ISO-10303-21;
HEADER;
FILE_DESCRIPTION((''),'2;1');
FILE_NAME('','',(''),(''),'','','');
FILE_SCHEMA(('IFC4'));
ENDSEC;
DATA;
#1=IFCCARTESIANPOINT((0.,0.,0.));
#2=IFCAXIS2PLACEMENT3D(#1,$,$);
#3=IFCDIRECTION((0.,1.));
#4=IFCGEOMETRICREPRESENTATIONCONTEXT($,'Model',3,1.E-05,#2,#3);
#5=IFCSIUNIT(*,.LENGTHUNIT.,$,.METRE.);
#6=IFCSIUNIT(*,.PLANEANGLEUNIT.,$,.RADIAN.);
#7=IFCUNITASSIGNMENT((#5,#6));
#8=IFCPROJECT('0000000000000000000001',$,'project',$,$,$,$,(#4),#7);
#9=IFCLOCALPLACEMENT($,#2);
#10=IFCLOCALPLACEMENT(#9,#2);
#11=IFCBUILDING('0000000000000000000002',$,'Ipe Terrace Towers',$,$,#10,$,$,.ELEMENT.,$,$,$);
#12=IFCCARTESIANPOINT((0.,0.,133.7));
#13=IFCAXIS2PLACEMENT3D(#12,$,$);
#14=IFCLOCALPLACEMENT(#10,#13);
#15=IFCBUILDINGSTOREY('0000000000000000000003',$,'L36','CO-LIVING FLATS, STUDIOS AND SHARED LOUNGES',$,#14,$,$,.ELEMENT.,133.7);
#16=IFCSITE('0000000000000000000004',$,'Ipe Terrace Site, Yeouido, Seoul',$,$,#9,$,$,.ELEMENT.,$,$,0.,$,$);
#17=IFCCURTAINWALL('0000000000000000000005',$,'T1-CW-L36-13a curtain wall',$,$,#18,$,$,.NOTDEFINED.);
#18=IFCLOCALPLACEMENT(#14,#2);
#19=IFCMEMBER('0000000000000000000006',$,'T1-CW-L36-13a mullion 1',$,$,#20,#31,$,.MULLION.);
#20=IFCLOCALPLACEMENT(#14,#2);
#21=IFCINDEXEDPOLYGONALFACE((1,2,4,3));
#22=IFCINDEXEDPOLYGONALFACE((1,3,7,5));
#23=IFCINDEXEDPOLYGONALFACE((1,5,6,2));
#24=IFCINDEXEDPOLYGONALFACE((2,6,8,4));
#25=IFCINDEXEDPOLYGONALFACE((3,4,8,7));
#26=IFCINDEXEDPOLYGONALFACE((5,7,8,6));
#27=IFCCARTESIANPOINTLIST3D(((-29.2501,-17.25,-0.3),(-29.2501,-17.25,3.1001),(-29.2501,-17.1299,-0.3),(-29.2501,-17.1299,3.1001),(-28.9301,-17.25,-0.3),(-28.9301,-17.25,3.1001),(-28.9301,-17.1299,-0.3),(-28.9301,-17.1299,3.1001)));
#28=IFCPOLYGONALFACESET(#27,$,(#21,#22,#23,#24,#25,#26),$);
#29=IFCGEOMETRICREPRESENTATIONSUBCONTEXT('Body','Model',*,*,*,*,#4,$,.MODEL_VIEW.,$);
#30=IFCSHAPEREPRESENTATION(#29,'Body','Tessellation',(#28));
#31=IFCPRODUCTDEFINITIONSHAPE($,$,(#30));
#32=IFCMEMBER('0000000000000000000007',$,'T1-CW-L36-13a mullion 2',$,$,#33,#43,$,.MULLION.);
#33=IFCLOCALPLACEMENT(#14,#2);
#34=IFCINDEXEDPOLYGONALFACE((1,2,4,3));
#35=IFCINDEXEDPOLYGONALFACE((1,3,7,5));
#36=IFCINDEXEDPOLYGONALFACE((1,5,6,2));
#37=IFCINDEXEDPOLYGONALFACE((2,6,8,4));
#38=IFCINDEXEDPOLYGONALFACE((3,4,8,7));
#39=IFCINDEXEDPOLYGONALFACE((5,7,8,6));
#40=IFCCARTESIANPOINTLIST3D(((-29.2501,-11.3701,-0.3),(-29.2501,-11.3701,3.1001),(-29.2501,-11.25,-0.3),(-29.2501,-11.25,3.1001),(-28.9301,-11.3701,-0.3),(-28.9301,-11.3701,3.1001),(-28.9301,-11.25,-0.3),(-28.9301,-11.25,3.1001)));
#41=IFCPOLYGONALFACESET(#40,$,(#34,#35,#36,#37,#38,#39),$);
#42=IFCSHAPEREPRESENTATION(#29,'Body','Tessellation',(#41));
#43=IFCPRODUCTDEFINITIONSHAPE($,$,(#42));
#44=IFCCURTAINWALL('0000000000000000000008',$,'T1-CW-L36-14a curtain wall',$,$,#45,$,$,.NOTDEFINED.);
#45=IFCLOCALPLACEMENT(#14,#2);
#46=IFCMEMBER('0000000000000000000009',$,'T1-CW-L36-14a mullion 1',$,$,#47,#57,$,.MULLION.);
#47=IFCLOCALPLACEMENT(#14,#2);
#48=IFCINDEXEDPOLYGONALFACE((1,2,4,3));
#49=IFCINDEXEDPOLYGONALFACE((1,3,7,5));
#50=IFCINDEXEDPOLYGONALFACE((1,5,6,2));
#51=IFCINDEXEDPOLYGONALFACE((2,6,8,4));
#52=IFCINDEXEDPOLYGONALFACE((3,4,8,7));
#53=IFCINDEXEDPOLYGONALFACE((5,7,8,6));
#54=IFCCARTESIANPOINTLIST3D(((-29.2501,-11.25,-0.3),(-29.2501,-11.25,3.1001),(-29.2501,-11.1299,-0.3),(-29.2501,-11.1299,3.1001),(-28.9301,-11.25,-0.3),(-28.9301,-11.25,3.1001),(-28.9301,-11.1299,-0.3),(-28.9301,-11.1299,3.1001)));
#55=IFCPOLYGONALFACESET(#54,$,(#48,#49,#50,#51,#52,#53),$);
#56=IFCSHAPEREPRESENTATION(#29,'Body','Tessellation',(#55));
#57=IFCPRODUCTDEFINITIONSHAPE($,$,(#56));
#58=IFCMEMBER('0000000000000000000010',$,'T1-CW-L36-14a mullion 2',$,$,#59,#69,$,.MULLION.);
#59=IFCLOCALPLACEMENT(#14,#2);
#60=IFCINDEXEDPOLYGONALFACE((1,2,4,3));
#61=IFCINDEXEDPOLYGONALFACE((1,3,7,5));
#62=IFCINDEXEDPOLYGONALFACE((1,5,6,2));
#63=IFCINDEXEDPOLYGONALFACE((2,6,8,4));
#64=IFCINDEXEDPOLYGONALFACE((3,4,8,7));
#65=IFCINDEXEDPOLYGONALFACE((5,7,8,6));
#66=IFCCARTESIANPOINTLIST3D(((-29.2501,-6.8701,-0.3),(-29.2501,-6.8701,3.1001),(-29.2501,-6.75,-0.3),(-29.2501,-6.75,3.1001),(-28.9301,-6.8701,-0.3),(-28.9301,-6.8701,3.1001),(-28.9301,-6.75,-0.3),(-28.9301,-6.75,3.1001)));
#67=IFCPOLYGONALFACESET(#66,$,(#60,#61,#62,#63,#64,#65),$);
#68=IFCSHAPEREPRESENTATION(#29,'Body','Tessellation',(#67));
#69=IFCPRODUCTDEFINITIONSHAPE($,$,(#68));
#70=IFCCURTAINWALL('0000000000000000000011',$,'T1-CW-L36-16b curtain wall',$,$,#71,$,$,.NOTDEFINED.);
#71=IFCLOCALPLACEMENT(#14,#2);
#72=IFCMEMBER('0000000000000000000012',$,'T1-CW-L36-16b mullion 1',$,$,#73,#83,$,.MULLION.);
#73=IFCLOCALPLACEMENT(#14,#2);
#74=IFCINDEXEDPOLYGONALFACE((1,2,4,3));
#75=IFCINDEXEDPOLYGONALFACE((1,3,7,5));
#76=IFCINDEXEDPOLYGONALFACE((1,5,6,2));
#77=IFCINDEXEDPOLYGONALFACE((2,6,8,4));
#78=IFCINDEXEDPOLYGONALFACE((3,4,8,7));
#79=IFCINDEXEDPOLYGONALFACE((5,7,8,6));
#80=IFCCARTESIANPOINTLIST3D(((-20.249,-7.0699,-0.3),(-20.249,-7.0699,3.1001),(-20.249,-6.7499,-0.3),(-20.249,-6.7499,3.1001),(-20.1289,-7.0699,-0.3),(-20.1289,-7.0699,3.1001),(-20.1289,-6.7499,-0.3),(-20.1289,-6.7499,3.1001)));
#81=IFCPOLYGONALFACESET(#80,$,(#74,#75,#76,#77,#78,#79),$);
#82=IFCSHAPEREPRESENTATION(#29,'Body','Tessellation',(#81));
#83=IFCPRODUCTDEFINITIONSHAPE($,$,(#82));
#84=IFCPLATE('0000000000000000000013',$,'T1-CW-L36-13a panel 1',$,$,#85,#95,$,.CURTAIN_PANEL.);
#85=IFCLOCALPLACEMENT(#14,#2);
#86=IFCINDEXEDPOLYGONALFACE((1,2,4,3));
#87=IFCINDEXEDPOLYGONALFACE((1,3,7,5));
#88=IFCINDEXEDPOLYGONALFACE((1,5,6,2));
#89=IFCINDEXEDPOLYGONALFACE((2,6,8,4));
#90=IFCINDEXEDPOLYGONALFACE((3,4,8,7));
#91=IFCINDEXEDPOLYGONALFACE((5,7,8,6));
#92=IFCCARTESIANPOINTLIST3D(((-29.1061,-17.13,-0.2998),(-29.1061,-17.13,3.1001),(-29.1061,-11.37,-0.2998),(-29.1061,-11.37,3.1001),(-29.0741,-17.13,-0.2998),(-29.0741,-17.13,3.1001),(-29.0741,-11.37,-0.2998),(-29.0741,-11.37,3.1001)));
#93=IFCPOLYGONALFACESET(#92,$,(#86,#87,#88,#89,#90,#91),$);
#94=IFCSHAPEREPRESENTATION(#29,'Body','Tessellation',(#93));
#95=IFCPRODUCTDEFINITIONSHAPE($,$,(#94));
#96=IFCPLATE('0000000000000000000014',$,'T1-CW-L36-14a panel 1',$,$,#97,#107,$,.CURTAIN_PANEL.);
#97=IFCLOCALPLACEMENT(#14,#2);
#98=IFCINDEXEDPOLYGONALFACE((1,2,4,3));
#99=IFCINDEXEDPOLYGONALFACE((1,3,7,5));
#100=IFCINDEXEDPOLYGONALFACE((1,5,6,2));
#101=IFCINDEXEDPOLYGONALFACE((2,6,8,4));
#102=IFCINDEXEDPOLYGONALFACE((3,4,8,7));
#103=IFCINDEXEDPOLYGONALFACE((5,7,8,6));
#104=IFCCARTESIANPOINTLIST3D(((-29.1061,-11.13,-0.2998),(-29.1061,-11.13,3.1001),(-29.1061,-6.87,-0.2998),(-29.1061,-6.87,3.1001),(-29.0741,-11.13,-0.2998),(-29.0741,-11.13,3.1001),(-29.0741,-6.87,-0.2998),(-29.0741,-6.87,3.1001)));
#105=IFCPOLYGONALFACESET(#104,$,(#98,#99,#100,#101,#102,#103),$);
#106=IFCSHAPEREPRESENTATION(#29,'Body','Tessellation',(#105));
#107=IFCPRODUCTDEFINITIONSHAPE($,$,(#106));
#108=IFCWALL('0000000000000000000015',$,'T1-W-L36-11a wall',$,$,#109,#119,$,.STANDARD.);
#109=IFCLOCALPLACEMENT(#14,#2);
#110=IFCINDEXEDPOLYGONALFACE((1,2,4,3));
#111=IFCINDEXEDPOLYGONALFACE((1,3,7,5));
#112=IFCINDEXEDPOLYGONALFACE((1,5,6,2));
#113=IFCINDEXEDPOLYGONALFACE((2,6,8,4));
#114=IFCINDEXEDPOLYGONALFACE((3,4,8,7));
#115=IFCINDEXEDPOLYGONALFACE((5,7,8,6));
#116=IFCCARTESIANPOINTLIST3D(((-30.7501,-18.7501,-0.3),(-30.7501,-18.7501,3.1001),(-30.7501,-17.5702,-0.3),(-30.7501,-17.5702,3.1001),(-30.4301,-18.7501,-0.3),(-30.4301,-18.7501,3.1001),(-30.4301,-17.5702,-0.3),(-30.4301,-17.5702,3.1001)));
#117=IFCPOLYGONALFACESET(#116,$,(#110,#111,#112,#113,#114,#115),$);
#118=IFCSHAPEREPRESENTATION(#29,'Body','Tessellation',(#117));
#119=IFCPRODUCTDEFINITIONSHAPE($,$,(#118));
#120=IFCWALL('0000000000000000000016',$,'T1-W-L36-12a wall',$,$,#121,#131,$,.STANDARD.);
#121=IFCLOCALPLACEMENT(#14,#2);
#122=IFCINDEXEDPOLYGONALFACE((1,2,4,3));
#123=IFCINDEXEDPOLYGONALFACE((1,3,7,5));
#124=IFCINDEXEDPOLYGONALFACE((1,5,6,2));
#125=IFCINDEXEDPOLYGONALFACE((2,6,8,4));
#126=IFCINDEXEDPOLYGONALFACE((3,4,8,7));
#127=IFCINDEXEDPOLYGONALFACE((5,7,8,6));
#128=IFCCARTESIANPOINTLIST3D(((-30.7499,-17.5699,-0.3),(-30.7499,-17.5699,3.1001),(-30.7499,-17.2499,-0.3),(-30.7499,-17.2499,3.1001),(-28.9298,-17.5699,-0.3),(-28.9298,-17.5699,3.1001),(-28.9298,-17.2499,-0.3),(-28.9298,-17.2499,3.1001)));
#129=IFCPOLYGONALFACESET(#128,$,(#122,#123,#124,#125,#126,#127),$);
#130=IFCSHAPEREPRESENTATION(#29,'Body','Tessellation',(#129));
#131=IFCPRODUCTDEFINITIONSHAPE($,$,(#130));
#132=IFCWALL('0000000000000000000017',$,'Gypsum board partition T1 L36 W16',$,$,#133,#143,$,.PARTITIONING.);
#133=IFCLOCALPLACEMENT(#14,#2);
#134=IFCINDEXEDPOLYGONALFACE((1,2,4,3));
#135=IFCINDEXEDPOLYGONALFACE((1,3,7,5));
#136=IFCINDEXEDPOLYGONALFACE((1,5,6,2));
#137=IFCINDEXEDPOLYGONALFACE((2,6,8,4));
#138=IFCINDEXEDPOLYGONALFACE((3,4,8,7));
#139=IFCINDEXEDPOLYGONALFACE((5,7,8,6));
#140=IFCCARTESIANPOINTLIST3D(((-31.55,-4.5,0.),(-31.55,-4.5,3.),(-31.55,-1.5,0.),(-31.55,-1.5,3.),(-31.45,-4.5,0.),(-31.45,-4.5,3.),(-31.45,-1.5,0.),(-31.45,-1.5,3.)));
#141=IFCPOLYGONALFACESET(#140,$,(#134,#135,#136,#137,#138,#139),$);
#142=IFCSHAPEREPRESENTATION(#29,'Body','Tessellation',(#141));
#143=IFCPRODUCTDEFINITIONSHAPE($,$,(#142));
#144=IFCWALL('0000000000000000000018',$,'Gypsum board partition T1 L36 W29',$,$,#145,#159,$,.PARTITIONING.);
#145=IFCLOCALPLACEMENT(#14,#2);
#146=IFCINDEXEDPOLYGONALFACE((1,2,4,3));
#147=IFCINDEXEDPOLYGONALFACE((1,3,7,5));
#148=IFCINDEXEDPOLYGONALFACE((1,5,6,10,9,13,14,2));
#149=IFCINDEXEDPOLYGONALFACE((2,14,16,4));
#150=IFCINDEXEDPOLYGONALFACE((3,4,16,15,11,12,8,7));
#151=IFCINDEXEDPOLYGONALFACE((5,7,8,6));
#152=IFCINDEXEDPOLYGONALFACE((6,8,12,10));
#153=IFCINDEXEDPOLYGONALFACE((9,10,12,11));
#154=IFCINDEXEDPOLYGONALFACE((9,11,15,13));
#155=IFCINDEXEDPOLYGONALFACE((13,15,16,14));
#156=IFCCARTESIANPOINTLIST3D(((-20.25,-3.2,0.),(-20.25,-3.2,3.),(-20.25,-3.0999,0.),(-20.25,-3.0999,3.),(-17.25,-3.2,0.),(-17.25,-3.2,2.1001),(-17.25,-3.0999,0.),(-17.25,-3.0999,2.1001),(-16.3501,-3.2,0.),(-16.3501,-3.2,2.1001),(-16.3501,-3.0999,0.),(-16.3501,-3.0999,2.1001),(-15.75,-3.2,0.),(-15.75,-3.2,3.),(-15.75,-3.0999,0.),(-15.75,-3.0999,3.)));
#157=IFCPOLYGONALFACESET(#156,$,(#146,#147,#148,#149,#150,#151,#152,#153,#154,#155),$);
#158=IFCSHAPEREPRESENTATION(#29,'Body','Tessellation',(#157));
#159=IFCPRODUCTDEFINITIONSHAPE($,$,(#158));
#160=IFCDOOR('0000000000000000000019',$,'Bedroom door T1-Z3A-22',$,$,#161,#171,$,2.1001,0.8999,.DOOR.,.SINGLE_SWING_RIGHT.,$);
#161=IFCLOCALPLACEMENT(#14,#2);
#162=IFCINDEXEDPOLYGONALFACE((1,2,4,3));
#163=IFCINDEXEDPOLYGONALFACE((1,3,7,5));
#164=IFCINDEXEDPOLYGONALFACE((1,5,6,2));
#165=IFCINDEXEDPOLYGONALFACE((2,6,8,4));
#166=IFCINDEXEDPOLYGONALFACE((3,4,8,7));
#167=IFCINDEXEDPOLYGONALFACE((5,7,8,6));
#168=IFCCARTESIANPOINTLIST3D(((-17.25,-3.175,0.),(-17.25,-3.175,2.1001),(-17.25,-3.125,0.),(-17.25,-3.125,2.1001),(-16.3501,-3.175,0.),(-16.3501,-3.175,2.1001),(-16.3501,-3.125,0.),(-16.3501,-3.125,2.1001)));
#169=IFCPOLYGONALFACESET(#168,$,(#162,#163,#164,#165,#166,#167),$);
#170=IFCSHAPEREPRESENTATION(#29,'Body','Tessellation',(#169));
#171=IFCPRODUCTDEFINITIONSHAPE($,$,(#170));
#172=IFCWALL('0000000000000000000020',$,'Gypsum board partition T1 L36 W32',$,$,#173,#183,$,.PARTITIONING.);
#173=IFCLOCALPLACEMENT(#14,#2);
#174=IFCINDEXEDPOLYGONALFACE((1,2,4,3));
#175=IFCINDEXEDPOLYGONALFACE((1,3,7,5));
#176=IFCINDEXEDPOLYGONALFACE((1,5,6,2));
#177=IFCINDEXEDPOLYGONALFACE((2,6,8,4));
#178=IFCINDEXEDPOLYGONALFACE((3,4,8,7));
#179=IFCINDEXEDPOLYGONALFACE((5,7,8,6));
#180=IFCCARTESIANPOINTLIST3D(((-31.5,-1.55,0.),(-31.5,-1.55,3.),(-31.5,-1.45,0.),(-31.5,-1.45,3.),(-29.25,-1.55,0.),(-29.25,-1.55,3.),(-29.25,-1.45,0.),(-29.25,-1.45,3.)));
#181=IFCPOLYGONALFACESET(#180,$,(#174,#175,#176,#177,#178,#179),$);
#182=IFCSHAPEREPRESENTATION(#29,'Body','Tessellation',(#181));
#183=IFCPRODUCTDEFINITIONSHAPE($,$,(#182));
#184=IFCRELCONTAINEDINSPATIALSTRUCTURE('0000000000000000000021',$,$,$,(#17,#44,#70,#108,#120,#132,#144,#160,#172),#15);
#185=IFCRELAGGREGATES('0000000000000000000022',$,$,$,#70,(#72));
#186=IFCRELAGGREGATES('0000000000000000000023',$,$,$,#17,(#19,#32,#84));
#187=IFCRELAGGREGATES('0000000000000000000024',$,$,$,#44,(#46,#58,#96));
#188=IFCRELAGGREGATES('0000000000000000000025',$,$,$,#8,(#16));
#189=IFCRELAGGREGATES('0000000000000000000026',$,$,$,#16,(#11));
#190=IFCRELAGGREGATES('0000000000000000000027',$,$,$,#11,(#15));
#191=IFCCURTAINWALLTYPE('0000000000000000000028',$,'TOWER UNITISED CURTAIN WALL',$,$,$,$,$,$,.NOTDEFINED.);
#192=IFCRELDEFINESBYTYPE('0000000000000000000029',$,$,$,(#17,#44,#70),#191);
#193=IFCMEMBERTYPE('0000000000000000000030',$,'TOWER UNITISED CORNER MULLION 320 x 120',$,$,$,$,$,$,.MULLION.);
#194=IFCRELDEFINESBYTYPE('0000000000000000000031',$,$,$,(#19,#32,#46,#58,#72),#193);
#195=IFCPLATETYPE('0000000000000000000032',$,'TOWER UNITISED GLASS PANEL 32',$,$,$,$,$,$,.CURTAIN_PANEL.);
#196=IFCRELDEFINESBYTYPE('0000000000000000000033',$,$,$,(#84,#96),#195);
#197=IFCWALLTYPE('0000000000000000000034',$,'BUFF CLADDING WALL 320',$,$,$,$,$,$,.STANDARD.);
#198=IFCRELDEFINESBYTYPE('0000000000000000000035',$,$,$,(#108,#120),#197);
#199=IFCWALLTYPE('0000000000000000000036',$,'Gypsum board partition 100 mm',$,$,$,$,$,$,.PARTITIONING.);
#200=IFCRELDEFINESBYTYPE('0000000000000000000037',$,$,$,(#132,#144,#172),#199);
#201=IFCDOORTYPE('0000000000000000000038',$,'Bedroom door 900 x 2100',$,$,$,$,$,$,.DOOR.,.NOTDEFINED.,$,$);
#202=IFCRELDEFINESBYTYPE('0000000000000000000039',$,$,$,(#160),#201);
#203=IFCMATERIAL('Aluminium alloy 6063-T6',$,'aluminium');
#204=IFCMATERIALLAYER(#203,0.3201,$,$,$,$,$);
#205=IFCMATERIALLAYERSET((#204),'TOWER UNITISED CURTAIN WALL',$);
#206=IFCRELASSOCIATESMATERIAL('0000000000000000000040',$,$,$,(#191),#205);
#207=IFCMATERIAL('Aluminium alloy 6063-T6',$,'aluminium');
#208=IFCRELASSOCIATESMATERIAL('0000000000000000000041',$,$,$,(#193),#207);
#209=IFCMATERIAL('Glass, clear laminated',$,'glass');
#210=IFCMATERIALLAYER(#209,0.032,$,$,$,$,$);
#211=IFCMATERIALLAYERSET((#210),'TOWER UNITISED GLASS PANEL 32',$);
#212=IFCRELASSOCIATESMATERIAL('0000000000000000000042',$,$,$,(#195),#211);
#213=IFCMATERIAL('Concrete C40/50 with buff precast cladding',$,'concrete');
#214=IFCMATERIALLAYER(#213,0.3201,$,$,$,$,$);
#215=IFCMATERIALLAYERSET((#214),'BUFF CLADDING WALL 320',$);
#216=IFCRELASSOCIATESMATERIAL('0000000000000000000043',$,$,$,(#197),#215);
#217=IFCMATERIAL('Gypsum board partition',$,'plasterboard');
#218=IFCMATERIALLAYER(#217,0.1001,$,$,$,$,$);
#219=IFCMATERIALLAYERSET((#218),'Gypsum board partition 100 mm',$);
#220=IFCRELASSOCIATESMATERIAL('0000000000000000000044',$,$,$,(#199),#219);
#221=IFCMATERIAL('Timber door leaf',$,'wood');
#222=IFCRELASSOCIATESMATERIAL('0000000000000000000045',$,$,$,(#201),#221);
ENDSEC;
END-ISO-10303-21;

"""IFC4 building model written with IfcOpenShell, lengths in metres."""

from ifc_helpers import new_model, si_unit, direction, frame, frame_2d, origin, origin_2d, place, context, subcontext, project, spatial, rectangle, extrude, material, layer, layer_set, material_profile, profile_set, type_object, element, fill, aggregate, save


model = new_model("IFC4")

# Units and contexts
model_context = context("Model", 3, precision=1e-05, world=origin(), true_north=direction((0.0, 1.0)))
body_context = subcontext(model_context, "Body", "Model", "MODEL_VIEW")
ifc_project = project(units=[si_unit("LENGTHUNIT", "METRE"), si_unit("PLANEANGLEUNIT", "RADIAN")], contexts=[model_context])

# Site, building, storey
site_placement = place(None, origin())
site = spatial("IfcSite", under=ifc_project, at=site_placement, Name="Ipe Terrace Site, Yeouido, Seoul", CompositionType="ELEMENT", RefElevation=0.0)
building_placement = place(site_placement, origin())
building = spatial("IfcBuilding", under=site, at=building_placement, Name="Ipe Terrace Towers", CompositionType="ELEMENT")
storey_placement = place(building_placement, frame((0.0, 0.0, 133.7)))
storey = spatial("IfcBuildingStorey", under=building, at=storey_placement, Name="L36", Description="CO-LIVING FLATS, STUDIOS AND SHARED LOUNGES", CompositionType="ELEMENT", Elevation=133.7)

# Curtain walls, members
ifc_material_1 = material(Name="Aluminium alloy 6063-T6", Category="aluminium")
ifc_layer_1 = layer(ifc_material_1, 0.3201)
ifc_layer_set_1 = layer_set([ifc_layer_1], Name="TOWER UNITISED CURTAIN WALL")
curtain_wall_type = type_object("IfcCurtainWallType", Name="TOWER UNITISED CURTAIN WALL", PredefinedType="NOTDEFINED", material=ifc_layer_set_1)
curtain_wall_1_placement = place(storey_placement, origin())
curtain_wall_1 = element("IfcCurtainWall", 1, at=curtain_wall_1_placement, inside=storey, type_object=curtain_wall_type, Name="T1-CW-L36-13a curtain wall", PredefinedType="NOTDEFINED")
ifc_material_2 = material(Name="Aluminium alloy 6063-T6", Category="aluminium")
ifc_material_profile_1 = material_profile(ifc_material_2, rectangle(XDim=0.3201, YDim=0.1201, at=origin_2d()), Name="TOWER UNITISED CORNER MULLION 320 x 120")
ifc_profile_set_1 = profile_set([ifc_material_profile_1], Name="Aluminium alloy 6063-T6")
member_type = type_object("IfcMemberType", Name="TOWER UNITISED CORNER MULLION 320 x 120", PredefinedType="MULLION", material=ifc_profile_set_1)
member_1_placement = place(storey_placement, frame((-29.0901, -17.1899, -0.3), z_axis=(0.0, 0.0, 1.0), x_axis=(1.0, 0.0, 0.0)))
member_1 = element("IfcMember", 2, at=member_1_placement, type_object=member_type, Name="T1-CW-L36-13a mullion 1", PredefinedType="MULLION", context=body_context, shape_type="SweptSolid", body=[
    extrude(rectangle(XDim=0.3201, YDim=0.1201, at=origin_2d()), origin(), (0.0, 0.0, 1.0), 3.4001),
])
member_2_placement = place(storey_placement, frame((-29.0901, -11.3101, -0.3), z_axis=(0.0, 0.0, 1.0), x_axis=(1.0, 0.0, 0.0)))
member_2 = element("IfcMember", 3, at=member_2_placement, type_object=member_type, Name="T1-CW-L36-13a mullion 2", PredefinedType="MULLION", context=body_context, shape_type="SweptSolid", body=[
    extrude(rectangle(XDim=0.3201, YDim=0.1201, at=origin_2d()), origin(), (0.0, 0.0, 1.0), 3.4001),
])
curtain_wall_2_placement = place(storey_placement, origin())
curtain_wall_2 = element("IfcCurtainWall", 4, at=curtain_wall_2_placement, inside=storey, type_object=curtain_wall_type, Name="T1-CW-L36-14a curtain wall", PredefinedType="NOTDEFINED")
member_3_placement = place(storey_placement, frame((-29.0901, -11.1899, -0.3), z_axis=(0.0, 0.0, 1.0), x_axis=(1.0, 0.0, 0.0)))
member_3 = element("IfcMember", 5, at=member_3_placement, type_object=member_type, Name="T1-CW-L36-14a mullion 1", PredefinedType="MULLION", context=body_context, shape_type="SweptSolid", body=[
    extrude(rectangle(XDim=0.3201, YDim=0.1201, at=origin_2d()), origin(), (0.0, 0.0, 1.0), 3.4001),
])
member_4_placement = place(storey_placement, frame((-29.0901, -6.8101, -0.3), z_axis=(0.0, 0.0, 1.0), x_axis=(1.0, 0.0, 0.0)))
member_4 = element("IfcMember", 6, at=member_4_placement, type_object=member_type, Name="T1-CW-L36-14a mullion 2", PredefinedType="MULLION", context=body_context, shape_type="SweptSolid", body=[
    extrude(rectangle(XDim=0.3201, YDim=0.1201, at=origin_2d()), origin(), (0.0, 0.0, 1.0), 3.4001),
])

# Curtain wall, member
curtain_wall_3_placement = place(storey_placement, origin())
curtain_wall_3 = element("IfcCurtainWall", 7, at=curtain_wall_3_placement, inside=storey, type_object=curtain_wall_type, Name="T1-CW-L36-16b curtain wall", PredefinedType="NOTDEFINED")
member_5_placement = place(storey_placement, frame((-20.189, -6.9099, -0.3), z_axis=(0.0, 0.0, 1.0), x_axis=(0.0, -1.0, 0.0)))
member_5 = element("IfcMember", 8, at=member_5_placement, type_object=member_type, Name="T1-CW-L36-16b mullion 1", PredefinedType="MULLION", context=body_context, shape_type="SweptSolid", body=[
    extrude(rectangle(XDim=0.3201, YDim=0.1201, at=origin_2d()), origin(), (0.0, 0.0, 1.0), 3.4001),
])
aggregate(curtain_wall_3, [member_5])

# Plates
ifc_material_3 = material(Name="Glass, clear laminated", Category="glass")
ifc_layer_2 = layer(ifc_material_3, 0.032)
ifc_layer_set_2 = layer_set([ifc_layer_2], Name="TOWER UNITISED GLASS PANEL 32")
plate_type = type_object("IfcPlateType", Name="TOWER UNITISED GLASS PANEL 32", PredefinedType="CURTAIN_PANEL", material=ifc_layer_set_2)
plate_1_placement = place(storey_placement, frame((-29.0901, -14.25, -0.2998), z_axis=(0.0, 0.0, 1.0), x_axis=(0.0, 1.0, 0.0)))
plate_1 = element("IfcPlate", 9, at=plate_1_placement, type_object=plate_type, Name="T1-CW-L36-13a panel 1", PredefinedType="CURTAIN_PANEL", context=body_context, shape_type="SweptSolid", body=[
    extrude(rectangle(XDim=5.76, YDim=0.032, at=origin_2d()), origin(), (0.0, 0.0, 1.0), 3.3999),
])
aggregate(curtain_wall_1, [member_1, member_2, plate_1])
plate_2_placement = place(storey_placement, frame((-29.0901, -9.0, -0.2998), z_axis=(0.0, 0.0, 1.0), x_axis=(0.0, 1.0, 0.0)))
plate_2 = element("IfcPlate", 10, at=plate_2_placement, type_object=plate_type, Name="T1-CW-L36-14a panel 1", PredefinedType="CURTAIN_PANEL", context=body_context, shape_type="SweptSolid", body=[
    extrude(rectangle(XDim=4.26, YDim=0.032, at=origin_2d()), origin(), (0.0, 0.0, 1.0), 3.3999),
])
aggregate(curtain_wall_2, [member_3, member_4, plate_2])

# Walls
ifc_material_4 = material(Name="Concrete C40/50 with buff precast cladding", Category="concrete")
ifc_layer_3 = layer(ifc_material_4, 0.3201)
ifc_layer_set_3 = layer_set([ifc_layer_3], Name="BUFF CLADDING WALL 320")
wall_type_1 = type_object("IfcWallType", Name="BUFF CLADDING WALL 320", PredefinedType="STANDARD", material=ifc_layer_set_3)
wall_1_placement = place(storey_placement, frame((-30.5901, -18.75, -0.3), z_axis=(0.0, 0.0, 1.0), x_axis=(0.0, 1.0, 0.0)))
element("IfcWall", 11, at=wall_1_placement, inside=storey, type_object=wall_type_1, Name="T1-W-L36-11a wall", PredefinedType="STANDARD", context=body_context, shape_type="SweptSolid", body=[
    extrude(rectangle(XDim=1.1799, YDim=0.3201, at=frame_2d((0.5898, 0.0))), origin(), (0.0, 0.0, 1.0), 3.4001),
])
wall_2_placement = place(storey_placement, frame((-30.75, -17.4099, -0.3), z_axis=(0.0, 0.0, 1.0), x_axis=(1.0, 0.0, 0.0)))
element("IfcWall", 12, at=wall_2_placement, inside=storey, type_object=wall_type_1, Name="T1-W-L36-12a wall", PredefinedType="STANDARD", context=body_context, shape_type="SweptSolid", body=[
    extrude(rectangle(XDim=1.8201, YDim=0.3201, at=frame_2d((0.9102, 0.0))), origin(), (0.0, 0.0, 1.0), 3.4001),
])
ifc_material_5 = material(Name="Gypsum board partition", Category="plasterboard")
ifc_layer_4 = layer(ifc_material_5, 0.1001)
ifc_layer_set_4 = layer_set([ifc_layer_4], Name="Gypsum board partition 100 mm")
wall_type_2 = type_object("IfcWallType", Name="Gypsum board partition 100 mm", PredefinedType="PARTITIONING", material=ifc_layer_set_4)
wall_3_placement = place(storey_placement, frame((-31.5, -4.5, 0.0), z_axis=(0.0, 0.0, 1.0), x_axis=(0.0, 1.0, 0.0)))
element("IfcWall", 13, at=wall_3_placement, inside=storey, type_object=wall_type_2, Name="Gypsum board partition T1 L36 W16", PredefinedType="PARTITIONING", context=body_context, shape_type="SweptSolid", body=[
    extrude(rectangle(XDim=3.0, YDim=0.1001, at=frame_2d((1.5, 0.0))), origin(), (0.0, 0.0, 1.0), 3.0),
])

# Wall, opening, door
wall_4_placement = place(storey_placement, frame((-20.25, -3.1499, 0.0), z_axis=(0.0, 0.0, 1.0), x_axis=(1.0, 0.0, 0.0)))
wall_4 = element("IfcWall", 14, at=wall_4_placement, inside=storey, type_object=wall_type_2, Name="Gypsum board partition T1 L36 W29", PredefinedType="PARTITIONING", context=body_context, shape_type="SweptSolid", body=[
    extrude(rectangle(XDim=4.5, YDim=0.1001, at=frame_2d((2.25, 0.0))), origin(), (0.0, 0.0, 1.0), 3.0),
])
opening_1_placement = place(wall_4_placement, frame((3.0, 0.0, 0.0)))
opening_1 = element("IfcOpeningElement", 15, at=opening_1_placement, cuts=wall_4, PredefinedType="OPENING", context=body_context, shape_type="SweptSolid", body=[
    extrude(rectangle(XDim=0.8999, YDim=2.1001, at=frame_2d((0.45, 1.05))), frame((0.0, 0.0601, 0.0), z_axis=(0.0, -1.0, 0.0), x_axis=(1.0, 0.0, 0.0)), (0.0, 0.0, 1.0), 0.1201),
])
ifc_material_6 = material(Name="Timber door leaf", Category="wood")
door_type_1 = type_object("IfcDoorType", Name="Bedroom door 900 x 2100", OperationType="NOTDEFINED", PredefinedType="DOOR", material=ifc_material_6)
door_1_placement = place(opening_1_placement, origin())
door_1 = element("IfcDoor", 16, at=door_1_placement, inside=storey, type_object=door_type_1, Name="Bedroom door T1-Z3A-22", OperationType="SINGLE_SWING_RIGHT", OverallHeight=2.1001, OverallWidth=0.8999, PredefinedType="DOOR", context=body_context, shape_type="SweptSolid", body=[
    extrude(rectangle(XDim=0.8999, YDim=2.1001, at=frame_2d((0.45, 1.05))), frame((0.0, 0.0249, 0.0), z_axis=(0.0, -1.0, 0.0), x_axis=(1.0, 0.0, 0.0)), (0.0, 0.0, 1.0), 0.05),
])
fill(opening_1, door_1)

# Wall
wall_5_placement = place(storey_placement, frame((-31.5, -1.5, 0.0), z_axis=(0.0, 0.0, 1.0), x_axis=(1.0, 0.0, 0.0)))
element("IfcWall", 17, at=wall_5_placement, inside=storey, type_object=wall_type_2, Name="Gypsum board partition T1 L36 W32", PredefinedType="PARTITIONING", context=body_context, shape_type="SweptSolid", body=[
    extrude(rectangle(XDim=2.25, YDim=0.1001, at=frame_2d((1.125, 0.0))), origin(), (0.0, 0.0, 1.0), 3.0),
])

save(model, "model.ifc")
